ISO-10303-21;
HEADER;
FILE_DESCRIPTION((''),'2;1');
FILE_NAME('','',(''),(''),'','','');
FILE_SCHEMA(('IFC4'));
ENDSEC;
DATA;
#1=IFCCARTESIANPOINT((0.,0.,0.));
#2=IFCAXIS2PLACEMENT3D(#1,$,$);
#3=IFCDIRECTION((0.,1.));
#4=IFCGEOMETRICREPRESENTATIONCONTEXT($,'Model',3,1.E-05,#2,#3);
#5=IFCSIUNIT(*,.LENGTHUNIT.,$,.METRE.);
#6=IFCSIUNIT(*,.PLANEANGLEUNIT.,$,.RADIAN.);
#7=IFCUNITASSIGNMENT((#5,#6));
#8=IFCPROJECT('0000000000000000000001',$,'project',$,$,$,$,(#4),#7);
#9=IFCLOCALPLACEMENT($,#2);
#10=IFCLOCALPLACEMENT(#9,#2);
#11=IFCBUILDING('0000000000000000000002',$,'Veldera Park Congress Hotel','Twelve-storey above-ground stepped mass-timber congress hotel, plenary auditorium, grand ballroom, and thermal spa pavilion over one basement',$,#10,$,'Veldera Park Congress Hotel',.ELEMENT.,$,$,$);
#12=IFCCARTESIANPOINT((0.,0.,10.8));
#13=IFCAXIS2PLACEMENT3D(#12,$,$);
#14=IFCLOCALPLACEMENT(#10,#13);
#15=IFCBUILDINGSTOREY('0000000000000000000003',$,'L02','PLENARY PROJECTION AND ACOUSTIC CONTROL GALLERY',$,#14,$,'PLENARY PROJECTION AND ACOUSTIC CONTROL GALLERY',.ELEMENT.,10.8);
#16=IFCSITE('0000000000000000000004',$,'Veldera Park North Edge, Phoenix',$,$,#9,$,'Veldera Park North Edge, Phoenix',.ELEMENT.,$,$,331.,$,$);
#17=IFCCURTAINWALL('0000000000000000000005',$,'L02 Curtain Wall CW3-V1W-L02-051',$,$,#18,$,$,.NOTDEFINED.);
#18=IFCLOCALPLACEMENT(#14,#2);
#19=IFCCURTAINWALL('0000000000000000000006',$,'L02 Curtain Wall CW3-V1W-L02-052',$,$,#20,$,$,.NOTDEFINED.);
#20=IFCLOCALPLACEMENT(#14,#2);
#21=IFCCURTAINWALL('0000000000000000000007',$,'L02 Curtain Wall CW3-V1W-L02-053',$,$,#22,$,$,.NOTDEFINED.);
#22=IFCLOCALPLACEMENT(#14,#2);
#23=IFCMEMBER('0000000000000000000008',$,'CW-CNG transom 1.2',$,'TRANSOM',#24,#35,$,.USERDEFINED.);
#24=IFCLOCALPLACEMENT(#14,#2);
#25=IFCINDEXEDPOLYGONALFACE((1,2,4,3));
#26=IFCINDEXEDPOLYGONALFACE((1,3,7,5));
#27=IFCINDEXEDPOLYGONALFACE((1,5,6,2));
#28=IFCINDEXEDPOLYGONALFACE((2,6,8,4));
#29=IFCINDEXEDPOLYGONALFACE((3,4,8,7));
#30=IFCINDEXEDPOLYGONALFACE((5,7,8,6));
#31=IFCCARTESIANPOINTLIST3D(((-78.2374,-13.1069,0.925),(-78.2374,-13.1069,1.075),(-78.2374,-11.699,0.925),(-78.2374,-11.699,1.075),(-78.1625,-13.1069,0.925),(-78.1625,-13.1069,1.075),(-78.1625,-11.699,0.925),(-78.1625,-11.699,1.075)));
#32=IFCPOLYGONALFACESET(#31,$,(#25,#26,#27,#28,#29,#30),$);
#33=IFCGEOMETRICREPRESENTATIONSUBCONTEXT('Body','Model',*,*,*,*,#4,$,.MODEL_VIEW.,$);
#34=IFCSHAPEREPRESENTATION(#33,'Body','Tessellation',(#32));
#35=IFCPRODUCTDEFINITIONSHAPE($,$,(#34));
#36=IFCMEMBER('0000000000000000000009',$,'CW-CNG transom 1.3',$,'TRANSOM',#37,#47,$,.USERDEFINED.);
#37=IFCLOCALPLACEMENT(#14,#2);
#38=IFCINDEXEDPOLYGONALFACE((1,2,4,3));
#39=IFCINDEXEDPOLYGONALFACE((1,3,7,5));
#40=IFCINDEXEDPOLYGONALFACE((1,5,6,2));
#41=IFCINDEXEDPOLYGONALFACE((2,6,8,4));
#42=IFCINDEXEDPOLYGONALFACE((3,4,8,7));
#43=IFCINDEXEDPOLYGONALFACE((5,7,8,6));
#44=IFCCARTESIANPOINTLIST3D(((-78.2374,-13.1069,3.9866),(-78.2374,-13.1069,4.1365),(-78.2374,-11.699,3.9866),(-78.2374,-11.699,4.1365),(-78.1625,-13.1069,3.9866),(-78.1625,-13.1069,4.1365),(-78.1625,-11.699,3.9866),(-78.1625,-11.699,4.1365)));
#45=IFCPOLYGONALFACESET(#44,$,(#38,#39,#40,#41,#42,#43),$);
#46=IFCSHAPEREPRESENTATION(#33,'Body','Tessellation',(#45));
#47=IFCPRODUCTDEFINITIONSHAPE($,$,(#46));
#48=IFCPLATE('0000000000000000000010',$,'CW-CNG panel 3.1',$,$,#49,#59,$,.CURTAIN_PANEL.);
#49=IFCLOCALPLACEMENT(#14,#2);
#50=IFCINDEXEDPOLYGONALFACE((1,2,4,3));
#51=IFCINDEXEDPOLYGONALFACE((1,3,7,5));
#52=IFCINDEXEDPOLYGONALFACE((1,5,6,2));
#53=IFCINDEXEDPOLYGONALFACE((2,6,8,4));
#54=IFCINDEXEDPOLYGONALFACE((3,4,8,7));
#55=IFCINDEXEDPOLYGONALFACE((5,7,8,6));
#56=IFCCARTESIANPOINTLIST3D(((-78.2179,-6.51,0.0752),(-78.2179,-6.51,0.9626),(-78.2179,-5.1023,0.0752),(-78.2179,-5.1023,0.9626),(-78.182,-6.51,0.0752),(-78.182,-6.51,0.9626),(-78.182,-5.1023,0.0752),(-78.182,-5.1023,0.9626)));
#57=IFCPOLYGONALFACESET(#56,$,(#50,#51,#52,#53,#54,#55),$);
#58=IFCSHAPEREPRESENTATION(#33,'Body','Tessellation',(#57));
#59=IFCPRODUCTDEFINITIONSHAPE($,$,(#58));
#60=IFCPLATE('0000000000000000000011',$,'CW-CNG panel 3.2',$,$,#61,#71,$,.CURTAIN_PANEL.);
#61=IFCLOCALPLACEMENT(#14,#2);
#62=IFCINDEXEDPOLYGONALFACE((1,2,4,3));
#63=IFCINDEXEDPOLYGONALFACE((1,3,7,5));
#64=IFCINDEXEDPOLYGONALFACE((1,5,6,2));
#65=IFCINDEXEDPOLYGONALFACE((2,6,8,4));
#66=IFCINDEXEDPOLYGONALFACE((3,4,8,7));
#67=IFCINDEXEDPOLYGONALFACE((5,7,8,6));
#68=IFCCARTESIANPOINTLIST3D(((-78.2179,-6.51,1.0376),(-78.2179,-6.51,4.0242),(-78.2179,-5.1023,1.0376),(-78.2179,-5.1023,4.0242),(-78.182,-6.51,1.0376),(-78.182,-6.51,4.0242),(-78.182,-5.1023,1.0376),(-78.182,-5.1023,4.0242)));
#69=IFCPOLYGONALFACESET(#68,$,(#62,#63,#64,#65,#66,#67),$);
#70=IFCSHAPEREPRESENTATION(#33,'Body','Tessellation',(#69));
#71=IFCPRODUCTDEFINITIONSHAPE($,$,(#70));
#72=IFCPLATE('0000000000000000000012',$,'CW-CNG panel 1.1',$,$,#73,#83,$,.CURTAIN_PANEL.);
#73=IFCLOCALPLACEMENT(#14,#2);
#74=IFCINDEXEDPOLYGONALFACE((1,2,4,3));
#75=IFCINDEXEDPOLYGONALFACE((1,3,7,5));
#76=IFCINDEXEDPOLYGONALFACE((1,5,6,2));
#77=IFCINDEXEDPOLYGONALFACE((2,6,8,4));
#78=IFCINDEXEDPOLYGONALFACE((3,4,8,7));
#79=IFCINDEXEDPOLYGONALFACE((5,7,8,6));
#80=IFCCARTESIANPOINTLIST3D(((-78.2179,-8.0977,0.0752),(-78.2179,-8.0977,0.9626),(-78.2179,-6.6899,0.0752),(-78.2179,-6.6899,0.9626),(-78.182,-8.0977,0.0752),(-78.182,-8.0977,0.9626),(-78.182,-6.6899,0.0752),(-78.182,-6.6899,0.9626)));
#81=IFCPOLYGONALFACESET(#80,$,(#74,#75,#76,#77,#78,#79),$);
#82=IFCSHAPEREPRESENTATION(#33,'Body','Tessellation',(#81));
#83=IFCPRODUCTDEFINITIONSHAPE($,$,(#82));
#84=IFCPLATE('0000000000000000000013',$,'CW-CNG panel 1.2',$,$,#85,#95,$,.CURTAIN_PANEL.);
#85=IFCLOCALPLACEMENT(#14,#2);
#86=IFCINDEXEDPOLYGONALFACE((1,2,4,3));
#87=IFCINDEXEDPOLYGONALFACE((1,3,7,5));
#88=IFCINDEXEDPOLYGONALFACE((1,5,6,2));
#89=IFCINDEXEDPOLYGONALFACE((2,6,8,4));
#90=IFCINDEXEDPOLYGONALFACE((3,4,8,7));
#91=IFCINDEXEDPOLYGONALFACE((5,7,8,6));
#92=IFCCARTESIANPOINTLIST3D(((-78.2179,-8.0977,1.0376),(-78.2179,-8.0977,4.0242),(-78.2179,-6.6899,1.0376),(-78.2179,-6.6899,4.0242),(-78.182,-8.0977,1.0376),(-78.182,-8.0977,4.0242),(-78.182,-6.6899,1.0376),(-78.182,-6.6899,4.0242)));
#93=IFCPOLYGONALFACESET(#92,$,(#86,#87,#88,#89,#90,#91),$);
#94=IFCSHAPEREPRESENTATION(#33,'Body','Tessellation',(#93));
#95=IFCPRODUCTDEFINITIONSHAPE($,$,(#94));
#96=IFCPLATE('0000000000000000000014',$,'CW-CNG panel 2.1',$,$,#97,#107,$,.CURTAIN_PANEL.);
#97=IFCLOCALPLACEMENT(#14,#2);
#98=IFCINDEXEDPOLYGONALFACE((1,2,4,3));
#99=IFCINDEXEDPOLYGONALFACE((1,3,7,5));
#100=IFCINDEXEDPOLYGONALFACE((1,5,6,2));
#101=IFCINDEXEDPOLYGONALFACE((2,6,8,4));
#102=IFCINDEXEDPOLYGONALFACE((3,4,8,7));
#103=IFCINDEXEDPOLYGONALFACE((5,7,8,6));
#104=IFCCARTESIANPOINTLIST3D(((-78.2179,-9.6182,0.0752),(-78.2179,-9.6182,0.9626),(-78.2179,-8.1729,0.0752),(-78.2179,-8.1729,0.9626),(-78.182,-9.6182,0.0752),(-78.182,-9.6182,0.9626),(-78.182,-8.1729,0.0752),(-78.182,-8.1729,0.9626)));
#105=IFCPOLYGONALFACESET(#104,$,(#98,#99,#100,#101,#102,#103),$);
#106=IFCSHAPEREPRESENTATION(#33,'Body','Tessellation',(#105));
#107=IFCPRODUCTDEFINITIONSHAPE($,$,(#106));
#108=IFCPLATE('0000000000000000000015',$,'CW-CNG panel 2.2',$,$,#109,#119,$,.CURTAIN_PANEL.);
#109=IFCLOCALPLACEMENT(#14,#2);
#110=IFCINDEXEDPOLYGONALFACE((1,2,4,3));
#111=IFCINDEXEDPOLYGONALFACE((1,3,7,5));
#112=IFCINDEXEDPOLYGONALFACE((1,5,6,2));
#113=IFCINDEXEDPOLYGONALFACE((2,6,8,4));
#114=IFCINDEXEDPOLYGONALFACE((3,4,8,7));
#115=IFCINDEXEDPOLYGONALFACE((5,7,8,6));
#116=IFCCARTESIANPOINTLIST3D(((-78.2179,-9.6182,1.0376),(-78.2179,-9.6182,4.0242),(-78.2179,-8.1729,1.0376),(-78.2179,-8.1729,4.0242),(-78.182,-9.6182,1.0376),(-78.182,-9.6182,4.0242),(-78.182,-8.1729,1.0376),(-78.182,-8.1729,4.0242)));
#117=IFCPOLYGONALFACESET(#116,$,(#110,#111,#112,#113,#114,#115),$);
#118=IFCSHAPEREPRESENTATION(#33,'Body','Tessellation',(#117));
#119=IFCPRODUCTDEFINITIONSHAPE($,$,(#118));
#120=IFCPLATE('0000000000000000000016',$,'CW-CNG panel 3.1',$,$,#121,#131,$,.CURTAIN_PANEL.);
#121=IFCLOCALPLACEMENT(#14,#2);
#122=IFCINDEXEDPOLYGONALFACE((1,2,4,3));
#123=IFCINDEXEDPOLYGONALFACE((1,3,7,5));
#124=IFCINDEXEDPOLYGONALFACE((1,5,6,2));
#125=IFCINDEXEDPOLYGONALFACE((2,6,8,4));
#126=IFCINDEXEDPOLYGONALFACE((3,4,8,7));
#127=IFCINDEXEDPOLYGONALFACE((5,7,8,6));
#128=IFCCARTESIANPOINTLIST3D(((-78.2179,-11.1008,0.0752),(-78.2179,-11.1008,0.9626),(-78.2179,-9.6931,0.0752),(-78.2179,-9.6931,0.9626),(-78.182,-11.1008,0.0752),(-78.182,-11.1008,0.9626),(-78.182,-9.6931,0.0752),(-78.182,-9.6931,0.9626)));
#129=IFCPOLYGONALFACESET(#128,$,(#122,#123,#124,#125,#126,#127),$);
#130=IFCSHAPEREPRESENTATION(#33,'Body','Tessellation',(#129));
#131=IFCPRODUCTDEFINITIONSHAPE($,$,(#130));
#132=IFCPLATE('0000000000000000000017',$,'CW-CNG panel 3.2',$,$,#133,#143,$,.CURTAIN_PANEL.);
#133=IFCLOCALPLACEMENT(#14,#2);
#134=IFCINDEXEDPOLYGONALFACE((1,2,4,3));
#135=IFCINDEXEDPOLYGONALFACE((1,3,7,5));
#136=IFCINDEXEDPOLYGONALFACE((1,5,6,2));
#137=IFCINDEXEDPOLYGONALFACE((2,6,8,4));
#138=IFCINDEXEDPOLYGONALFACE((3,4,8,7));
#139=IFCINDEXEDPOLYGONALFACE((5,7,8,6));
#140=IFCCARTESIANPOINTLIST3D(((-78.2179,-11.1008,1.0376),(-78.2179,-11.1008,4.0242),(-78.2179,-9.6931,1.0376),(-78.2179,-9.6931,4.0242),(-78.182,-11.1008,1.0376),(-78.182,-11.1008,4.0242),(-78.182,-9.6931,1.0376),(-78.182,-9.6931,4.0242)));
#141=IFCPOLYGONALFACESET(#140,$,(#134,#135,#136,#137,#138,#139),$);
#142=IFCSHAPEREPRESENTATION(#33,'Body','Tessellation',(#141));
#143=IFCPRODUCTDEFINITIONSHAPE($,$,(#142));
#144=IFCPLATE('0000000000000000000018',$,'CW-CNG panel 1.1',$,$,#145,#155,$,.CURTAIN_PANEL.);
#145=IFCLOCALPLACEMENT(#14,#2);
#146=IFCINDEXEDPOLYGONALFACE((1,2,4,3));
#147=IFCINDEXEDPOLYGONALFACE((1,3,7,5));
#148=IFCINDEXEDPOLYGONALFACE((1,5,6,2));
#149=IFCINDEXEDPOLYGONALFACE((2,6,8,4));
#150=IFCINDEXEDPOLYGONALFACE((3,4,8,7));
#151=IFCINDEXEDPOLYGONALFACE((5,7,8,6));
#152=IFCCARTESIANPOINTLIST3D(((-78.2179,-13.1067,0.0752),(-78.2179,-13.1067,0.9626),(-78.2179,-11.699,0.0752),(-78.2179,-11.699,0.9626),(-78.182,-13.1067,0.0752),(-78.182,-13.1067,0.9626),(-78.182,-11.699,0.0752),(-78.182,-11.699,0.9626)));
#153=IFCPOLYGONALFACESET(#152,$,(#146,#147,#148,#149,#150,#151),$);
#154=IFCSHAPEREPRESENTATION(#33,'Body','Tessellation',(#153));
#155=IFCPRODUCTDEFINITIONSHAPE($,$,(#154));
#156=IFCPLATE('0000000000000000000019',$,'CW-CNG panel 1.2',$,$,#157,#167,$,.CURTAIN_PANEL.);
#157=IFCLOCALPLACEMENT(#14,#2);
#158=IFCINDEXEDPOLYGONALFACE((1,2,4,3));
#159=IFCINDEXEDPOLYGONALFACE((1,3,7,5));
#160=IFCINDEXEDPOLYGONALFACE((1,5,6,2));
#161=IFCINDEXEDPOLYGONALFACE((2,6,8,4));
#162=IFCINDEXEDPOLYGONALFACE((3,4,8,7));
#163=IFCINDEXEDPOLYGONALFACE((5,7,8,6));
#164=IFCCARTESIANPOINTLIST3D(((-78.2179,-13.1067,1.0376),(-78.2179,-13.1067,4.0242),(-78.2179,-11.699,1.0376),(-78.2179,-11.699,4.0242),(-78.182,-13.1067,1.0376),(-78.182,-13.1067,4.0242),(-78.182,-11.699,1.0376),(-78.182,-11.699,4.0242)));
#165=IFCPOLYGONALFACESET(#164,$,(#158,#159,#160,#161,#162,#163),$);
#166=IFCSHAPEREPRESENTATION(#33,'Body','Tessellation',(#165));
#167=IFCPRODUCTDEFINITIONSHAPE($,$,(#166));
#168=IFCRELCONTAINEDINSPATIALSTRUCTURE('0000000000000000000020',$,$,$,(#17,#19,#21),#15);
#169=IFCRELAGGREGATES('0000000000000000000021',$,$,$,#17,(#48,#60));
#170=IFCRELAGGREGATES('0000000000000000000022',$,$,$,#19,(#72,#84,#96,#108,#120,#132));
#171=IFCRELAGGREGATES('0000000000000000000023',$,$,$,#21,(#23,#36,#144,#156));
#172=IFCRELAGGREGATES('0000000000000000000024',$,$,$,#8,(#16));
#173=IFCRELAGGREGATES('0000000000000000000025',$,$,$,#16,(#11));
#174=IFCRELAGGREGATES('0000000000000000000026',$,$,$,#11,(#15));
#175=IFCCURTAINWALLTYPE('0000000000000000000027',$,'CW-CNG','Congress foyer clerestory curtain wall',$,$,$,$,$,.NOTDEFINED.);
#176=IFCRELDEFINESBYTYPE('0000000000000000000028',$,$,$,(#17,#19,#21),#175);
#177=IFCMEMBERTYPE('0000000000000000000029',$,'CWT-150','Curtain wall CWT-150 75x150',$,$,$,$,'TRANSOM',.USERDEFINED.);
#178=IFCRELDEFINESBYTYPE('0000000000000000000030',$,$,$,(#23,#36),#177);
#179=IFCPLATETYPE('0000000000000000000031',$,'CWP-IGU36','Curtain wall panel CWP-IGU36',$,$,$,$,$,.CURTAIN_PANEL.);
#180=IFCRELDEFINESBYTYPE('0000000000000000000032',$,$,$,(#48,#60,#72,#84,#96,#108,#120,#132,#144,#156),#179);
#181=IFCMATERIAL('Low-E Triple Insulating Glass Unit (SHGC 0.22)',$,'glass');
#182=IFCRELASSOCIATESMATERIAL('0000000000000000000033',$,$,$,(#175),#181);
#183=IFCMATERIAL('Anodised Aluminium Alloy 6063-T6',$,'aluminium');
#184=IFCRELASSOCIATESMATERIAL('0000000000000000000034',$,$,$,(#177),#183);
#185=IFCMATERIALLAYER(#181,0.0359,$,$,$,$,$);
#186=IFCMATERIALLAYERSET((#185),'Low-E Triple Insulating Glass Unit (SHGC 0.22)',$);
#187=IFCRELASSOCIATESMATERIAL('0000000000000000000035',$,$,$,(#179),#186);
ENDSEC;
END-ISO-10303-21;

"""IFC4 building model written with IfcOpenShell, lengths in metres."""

from ifc_helpers import new_model, si_unit, direction, frame, origin, origin_2d, place, context, subcontext, project, spatial, rectangle, extrude, material, layer, layer_set, material_profile, profile_set, type_object, element, aggregate, save


model = new_model("IFC4")

# Units and contexts
model_context = context("Model", 3, precision=1e-05, world=origin(), true_north=direction((0.0, 1.0)))
body_context = subcontext(model_context, "Body", "Model", "MODEL_VIEW")
ifc_project = project(units=[si_unit("LENGTHUNIT", "METRE"), si_unit("PLANEANGLEUNIT", "RADIAN")], contexts=[model_context])

# Site, building, storey
site_placement = place(None, origin())
site = spatial("IfcSite", under=ifc_project, at=site_placement, Name="Veldera Park North Edge, Phoenix", LongName="Veldera Park North Edge, Phoenix", CompositionType="ELEMENT", RefElevation=331.0)
building_placement = place(site_placement, origin())
building = spatial("IfcBuilding", under=site, at=building_placement, Name="Veldera Park Congress Hotel", Description="Twelve-storey above-ground stepped mass-timber congress hotel, plenary auditorium, grand ballroom, and thermal spa pavilion over one basement", LongName="Veldera Park Congress Hotel", CompositionType="ELEMENT")
storey_placement = place(building_placement, frame((0.0, 0.0, 10.8)))
storey = spatial("IfcBuildingStorey", under=building, at=storey_placement, Name="L02", Description="PLENARY PROJECTION AND ACOUSTIC CONTROL GALLERY", LongName="PLENARY PROJECTION AND ACOUSTIC CONTROL GALLERY", CompositionType="ELEMENT", Elevation=10.8)

# Curtain walls
ifc_material_1 = material(Name="Low-E Triple Insulating Glass Unit (SHGC 0.22)", Category="glass")
curtain_wall_type = type_object("IfcCurtainWallType", Name="CW-CNG", Description="Congress foyer clerestory curtain wall", PredefinedType="NOTDEFINED", material=ifc_material_1)
curtain_wall_1_placement = place(storey_placement, origin())
curtain_wall_1 = element("IfcCurtainWall", 1, at=curtain_wall_1_placement, inside=storey, type_object=curtain_wall_type, Name="L02 Curtain Wall CW3-V1W-L02-051", PredefinedType="NOTDEFINED")
ifc_material_2 = material(Name="Anodised Aluminium Alloy 6063-T6", Category="aluminium")
curtain_wall_2_placement = place(storey_placement, origin())
curtain_wall_2 = element("IfcCurtainWall", 2, at=curtain_wall_2_placement, inside=storey, type_object=curtain_wall_type, Name="L02 Curtain Wall CW3-V1W-L02-052", PredefinedType="NOTDEFINED")
curtain_wall_3_placement = place(storey_placement, origin())
curtain_wall_3 = element("IfcCurtainWall", 3, at=curtain_wall_3_placement, inside=storey, type_object=curtain_wall_type, Name="L02 Curtain Wall CW3-V1W-L02-053", PredefinedType="NOTDEFINED")

# Members
ifc_material_profile_1 = material_profile(ifc_material_2, rectangle(XDim=0.075, YDim=0.1499, at=origin_2d()), Name="ALU 75x150")
ifc_profile_set_1 = profile_set([ifc_material_profile_1], Name="Anodised Aluminium Alloy 6063-T6")
member_type_1 = type_object("IfcMemberType", Name="CWT-150", Description="Curtain wall CWT-150 75x150", ElementType="TRANSOM", PredefinedType="USERDEFINED", material=ifc_profile_set_1)
member_1_placement = place(storey_placement, frame((-78.2, -11.699, 1.0), z_axis=(0.0, -1.0, 0.0), x_axis=(1.0, 0.0, 0.0)))
member_1 = element("IfcMember", 4, at=member_1_placement, type_object=member_type_1, Name="CW-CNG transom 1.2", ObjectType="TRANSOM", PredefinedType="USERDEFINED", context=body_context, shape_type="SweptSolid", body=[
    extrude(rectangle(XDim=0.075, YDim=0.1499, at=origin_2d()), origin(), (0.0, 0.0, 1.0), 1.408),
])
member_2_placement = place(storey_placement, frame((-78.2, -11.699, 4.0615), z_axis=(0.0, -1.0, 0.0), x_axis=(1.0, 0.0, 0.0)))
member_2 = element("IfcMember", 5, at=member_2_placement, type_object=member_type_1, Name="CW-CNG transom 1.3", ObjectType="TRANSOM", PredefinedType="USERDEFINED", context=body_context, shape_type="SweptSolid", body=[
    extrude(rectangle(XDim=0.075, YDim=0.1499, at=origin_2d()), origin(), (0.0, 0.0, 1.0), 1.408),
])

# Plates
ifc_layer = layer(ifc_material_1, 0.0359)
ifc_layer_set = layer_set([ifc_layer], Name="Low-E Triple Insulating Glass Unit (SHGC 0.22)")
plate_type = type_object("IfcPlateType", Name="CWP-IGU36", Description="Curtain wall panel CWP-IGU36", PredefinedType="CURTAIN_PANEL", material=ifc_layer_set)
plate_1_placement = place(storey_placement, frame((-78.2, -5.8062, 0.0752), z_axis=(0.0, 0.0, 1.0), x_axis=(0.0, -1.0, 0.0)))
plate_1 = element("IfcPlate", 6, at=plate_1_placement, type_object=plate_type, Name="CW-CNG panel 3.1", PredefinedType="CURTAIN_PANEL", context=body_context, shape_type="SweptSolid", body=[
    extrude(rectangle(XDim=1.4077, YDim=0.0359, at=origin_2d()), origin(), (0.0, 0.0, 1.0), 0.8875),
])
plate_2_placement = place(storey_placement, frame((-78.2, -5.8062, 1.0376), z_axis=(0.0, 0.0, 1.0), x_axis=(0.0, -1.0, 0.0)))
plate_2 = element("IfcPlate", 7, at=plate_2_placement, type_object=plate_type, Name="CW-CNG panel 3.2", PredefinedType="CURTAIN_PANEL", context=body_context, shape_type="SweptSolid", body=[
    extrude(rectangle(XDim=1.4077, YDim=0.0359, at=origin_2d()), origin(), (0.0, 0.0, 1.0), 2.9866),
])
aggregate(curtain_wall_1, [plate_1, plate_2])
plate_3_placement = place(storey_placement, frame((-78.2, -7.3938, 0.0752), z_axis=(0.0, 0.0, 1.0), x_axis=(0.0, -1.0, 0.0)))
plate_3 = element("IfcPlate", 8, at=plate_3_placement, type_object=plate_type, Name="CW-CNG panel 1.1", PredefinedType="CURTAIN_PANEL", context=body_context, shape_type="SweptSolid", body=[
    extrude(rectangle(XDim=1.4077, YDim=0.0359, at=origin_2d()), origin(), (0.0, 0.0, 1.0), 0.8875),
])
plate_4_placement = place(storey_placement, frame((-78.2, -7.3938, 1.0376), z_axis=(0.0, 0.0, 1.0), x_axis=(0.0, -1.0, 0.0)))
plate_4 = element("IfcPlate", 9, at=plate_4_placement, type_object=plate_type, Name="CW-CNG panel 1.2", PredefinedType="CURTAIN_PANEL", context=body_context, shape_type="SweptSolid", body=[
    extrude(rectangle(XDim=1.4077, YDim=0.0359, at=origin_2d()), origin(), (0.0, 0.0, 1.0), 2.9866),
])
plate_5_placement = place(storey_placement, frame((-78.2, -8.8955, 0.0752), z_axis=(0.0, 0.0, 1.0), x_axis=(0.0, -1.0, 0.0)))
plate_5 = element("IfcPlate", 10, at=plate_5_placement, type_object=plate_type, Name="CW-CNG panel 2.1", PredefinedType="CURTAIN_PANEL", context=body_context, shape_type="SweptSolid", body=[
    extrude(rectangle(XDim=1.4453, YDim=0.0359, at=origin_2d()), origin(), (0.0, 0.0, 1.0), 0.8875),
])
plate_6_placement = place(storey_placement, frame((-78.2, -8.8955, 1.0376), z_axis=(0.0, 0.0, 1.0), x_axis=(0.0, -1.0, 0.0)))
plate_6 = element("IfcPlate", 11, at=plate_6_placement, type_object=plate_type, Name="CW-CNG panel 2.2", PredefinedType="CURTAIN_PANEL", context=body_context, shape_type="SweptSolid", body=[
    extrude(rectangle(XDim=1.4453, YDim=0.0359, at=origin_2d()), origin(), (0.0, 0.0, 1.0), 2.9866),
])
plate_7_placement = place(storey_placement, frame((-78.2, -10.397, 0.0752), z_axis=(0.0, 0.0, 1.0), x_axis=(0.0, -1.0, 0.0)))
plate_7 = element("IfcPlate", 12, at=plate_7_placement, type_object=plate_type, Name="CW-CNG panel 3.1", PredefinedType="CURTAIN_PANEL", context=body_context, shape_type="SweptSolid", body=[
    extrude(rectangle(XDim=1.4077, YDim=0.0359, at=origin_2d()), origin(), (0.0, 0.0, 1.0), 0.8875),
])
plate_8_placement = place(storey_placement, frame((-78.2, -10.397, 1.0376), z_axis=(0.0, 0.0, 1.0), x_axis=(0.0, -1.0, 0.0)))
plate_8 = element("IfcPlate", 13, at=plate_8_placement, type_object=plate_type, Name="CW-CNG panel 3.2", PredefinedType="CURTAIN_PANEL", context=body_context, shape_type="SweptSolid", body=[
    extrude(rectangle(XDim=1.4077, YDim=0.0359, at=origin_2d()), origin(), (0.0, 0.0, 1.0), 2.9866),
])
aggregate(curtain_wall_2, [plate_3, plate_4, plate_5, plate_6, plate_7, plate_8])
plate_9_placement = place(storey_placement, frame((-78.2, -12.4028, 0.0752), z_axis=(0.0, 0.0, 1.0), x_axis=(0.0, -1.0, 0.0)))
plate_9 = element("IfcPlate", 14, at=plate_9_placement, type_object=plate_type, Name="CW-CNG panel 1.1", PredefinedType="CURTAIN_PANEL", context=body_context, shape_type="SweptSolid", body=[
    extrude(rectangle(XDim=1.4077, YDim=0.0359, at=origin_2d()), origin(), (0.0, 0.0, 1.0), 0.8875),
])
plate_10_placement = place(storey_placement, frame((-78.2, -12.4028, 1.0376), z_axis=(0.0, 0.0, 1.0), x_axis=(0.0, -1.0, 0.0)))
plate_10 = element("IfcPlate", 15, at=plate_10_placement, type_object=plate_type, Name="CW-CNG panel 1.2", PredefinedType="CURTAIN_PANEL", context=body_context, shape_type="SweptSolid", body=[
    extrude(rectangle(XDim=1.4077, YDim=0.0359, at=origin_2d()), origin(), (0.0, 0.0, 1.0), 2.9866),
])
aggregate(curtain_wall_3, [member_1, member_2, plate_9, plate_10])

save(model, "model.ifc")
